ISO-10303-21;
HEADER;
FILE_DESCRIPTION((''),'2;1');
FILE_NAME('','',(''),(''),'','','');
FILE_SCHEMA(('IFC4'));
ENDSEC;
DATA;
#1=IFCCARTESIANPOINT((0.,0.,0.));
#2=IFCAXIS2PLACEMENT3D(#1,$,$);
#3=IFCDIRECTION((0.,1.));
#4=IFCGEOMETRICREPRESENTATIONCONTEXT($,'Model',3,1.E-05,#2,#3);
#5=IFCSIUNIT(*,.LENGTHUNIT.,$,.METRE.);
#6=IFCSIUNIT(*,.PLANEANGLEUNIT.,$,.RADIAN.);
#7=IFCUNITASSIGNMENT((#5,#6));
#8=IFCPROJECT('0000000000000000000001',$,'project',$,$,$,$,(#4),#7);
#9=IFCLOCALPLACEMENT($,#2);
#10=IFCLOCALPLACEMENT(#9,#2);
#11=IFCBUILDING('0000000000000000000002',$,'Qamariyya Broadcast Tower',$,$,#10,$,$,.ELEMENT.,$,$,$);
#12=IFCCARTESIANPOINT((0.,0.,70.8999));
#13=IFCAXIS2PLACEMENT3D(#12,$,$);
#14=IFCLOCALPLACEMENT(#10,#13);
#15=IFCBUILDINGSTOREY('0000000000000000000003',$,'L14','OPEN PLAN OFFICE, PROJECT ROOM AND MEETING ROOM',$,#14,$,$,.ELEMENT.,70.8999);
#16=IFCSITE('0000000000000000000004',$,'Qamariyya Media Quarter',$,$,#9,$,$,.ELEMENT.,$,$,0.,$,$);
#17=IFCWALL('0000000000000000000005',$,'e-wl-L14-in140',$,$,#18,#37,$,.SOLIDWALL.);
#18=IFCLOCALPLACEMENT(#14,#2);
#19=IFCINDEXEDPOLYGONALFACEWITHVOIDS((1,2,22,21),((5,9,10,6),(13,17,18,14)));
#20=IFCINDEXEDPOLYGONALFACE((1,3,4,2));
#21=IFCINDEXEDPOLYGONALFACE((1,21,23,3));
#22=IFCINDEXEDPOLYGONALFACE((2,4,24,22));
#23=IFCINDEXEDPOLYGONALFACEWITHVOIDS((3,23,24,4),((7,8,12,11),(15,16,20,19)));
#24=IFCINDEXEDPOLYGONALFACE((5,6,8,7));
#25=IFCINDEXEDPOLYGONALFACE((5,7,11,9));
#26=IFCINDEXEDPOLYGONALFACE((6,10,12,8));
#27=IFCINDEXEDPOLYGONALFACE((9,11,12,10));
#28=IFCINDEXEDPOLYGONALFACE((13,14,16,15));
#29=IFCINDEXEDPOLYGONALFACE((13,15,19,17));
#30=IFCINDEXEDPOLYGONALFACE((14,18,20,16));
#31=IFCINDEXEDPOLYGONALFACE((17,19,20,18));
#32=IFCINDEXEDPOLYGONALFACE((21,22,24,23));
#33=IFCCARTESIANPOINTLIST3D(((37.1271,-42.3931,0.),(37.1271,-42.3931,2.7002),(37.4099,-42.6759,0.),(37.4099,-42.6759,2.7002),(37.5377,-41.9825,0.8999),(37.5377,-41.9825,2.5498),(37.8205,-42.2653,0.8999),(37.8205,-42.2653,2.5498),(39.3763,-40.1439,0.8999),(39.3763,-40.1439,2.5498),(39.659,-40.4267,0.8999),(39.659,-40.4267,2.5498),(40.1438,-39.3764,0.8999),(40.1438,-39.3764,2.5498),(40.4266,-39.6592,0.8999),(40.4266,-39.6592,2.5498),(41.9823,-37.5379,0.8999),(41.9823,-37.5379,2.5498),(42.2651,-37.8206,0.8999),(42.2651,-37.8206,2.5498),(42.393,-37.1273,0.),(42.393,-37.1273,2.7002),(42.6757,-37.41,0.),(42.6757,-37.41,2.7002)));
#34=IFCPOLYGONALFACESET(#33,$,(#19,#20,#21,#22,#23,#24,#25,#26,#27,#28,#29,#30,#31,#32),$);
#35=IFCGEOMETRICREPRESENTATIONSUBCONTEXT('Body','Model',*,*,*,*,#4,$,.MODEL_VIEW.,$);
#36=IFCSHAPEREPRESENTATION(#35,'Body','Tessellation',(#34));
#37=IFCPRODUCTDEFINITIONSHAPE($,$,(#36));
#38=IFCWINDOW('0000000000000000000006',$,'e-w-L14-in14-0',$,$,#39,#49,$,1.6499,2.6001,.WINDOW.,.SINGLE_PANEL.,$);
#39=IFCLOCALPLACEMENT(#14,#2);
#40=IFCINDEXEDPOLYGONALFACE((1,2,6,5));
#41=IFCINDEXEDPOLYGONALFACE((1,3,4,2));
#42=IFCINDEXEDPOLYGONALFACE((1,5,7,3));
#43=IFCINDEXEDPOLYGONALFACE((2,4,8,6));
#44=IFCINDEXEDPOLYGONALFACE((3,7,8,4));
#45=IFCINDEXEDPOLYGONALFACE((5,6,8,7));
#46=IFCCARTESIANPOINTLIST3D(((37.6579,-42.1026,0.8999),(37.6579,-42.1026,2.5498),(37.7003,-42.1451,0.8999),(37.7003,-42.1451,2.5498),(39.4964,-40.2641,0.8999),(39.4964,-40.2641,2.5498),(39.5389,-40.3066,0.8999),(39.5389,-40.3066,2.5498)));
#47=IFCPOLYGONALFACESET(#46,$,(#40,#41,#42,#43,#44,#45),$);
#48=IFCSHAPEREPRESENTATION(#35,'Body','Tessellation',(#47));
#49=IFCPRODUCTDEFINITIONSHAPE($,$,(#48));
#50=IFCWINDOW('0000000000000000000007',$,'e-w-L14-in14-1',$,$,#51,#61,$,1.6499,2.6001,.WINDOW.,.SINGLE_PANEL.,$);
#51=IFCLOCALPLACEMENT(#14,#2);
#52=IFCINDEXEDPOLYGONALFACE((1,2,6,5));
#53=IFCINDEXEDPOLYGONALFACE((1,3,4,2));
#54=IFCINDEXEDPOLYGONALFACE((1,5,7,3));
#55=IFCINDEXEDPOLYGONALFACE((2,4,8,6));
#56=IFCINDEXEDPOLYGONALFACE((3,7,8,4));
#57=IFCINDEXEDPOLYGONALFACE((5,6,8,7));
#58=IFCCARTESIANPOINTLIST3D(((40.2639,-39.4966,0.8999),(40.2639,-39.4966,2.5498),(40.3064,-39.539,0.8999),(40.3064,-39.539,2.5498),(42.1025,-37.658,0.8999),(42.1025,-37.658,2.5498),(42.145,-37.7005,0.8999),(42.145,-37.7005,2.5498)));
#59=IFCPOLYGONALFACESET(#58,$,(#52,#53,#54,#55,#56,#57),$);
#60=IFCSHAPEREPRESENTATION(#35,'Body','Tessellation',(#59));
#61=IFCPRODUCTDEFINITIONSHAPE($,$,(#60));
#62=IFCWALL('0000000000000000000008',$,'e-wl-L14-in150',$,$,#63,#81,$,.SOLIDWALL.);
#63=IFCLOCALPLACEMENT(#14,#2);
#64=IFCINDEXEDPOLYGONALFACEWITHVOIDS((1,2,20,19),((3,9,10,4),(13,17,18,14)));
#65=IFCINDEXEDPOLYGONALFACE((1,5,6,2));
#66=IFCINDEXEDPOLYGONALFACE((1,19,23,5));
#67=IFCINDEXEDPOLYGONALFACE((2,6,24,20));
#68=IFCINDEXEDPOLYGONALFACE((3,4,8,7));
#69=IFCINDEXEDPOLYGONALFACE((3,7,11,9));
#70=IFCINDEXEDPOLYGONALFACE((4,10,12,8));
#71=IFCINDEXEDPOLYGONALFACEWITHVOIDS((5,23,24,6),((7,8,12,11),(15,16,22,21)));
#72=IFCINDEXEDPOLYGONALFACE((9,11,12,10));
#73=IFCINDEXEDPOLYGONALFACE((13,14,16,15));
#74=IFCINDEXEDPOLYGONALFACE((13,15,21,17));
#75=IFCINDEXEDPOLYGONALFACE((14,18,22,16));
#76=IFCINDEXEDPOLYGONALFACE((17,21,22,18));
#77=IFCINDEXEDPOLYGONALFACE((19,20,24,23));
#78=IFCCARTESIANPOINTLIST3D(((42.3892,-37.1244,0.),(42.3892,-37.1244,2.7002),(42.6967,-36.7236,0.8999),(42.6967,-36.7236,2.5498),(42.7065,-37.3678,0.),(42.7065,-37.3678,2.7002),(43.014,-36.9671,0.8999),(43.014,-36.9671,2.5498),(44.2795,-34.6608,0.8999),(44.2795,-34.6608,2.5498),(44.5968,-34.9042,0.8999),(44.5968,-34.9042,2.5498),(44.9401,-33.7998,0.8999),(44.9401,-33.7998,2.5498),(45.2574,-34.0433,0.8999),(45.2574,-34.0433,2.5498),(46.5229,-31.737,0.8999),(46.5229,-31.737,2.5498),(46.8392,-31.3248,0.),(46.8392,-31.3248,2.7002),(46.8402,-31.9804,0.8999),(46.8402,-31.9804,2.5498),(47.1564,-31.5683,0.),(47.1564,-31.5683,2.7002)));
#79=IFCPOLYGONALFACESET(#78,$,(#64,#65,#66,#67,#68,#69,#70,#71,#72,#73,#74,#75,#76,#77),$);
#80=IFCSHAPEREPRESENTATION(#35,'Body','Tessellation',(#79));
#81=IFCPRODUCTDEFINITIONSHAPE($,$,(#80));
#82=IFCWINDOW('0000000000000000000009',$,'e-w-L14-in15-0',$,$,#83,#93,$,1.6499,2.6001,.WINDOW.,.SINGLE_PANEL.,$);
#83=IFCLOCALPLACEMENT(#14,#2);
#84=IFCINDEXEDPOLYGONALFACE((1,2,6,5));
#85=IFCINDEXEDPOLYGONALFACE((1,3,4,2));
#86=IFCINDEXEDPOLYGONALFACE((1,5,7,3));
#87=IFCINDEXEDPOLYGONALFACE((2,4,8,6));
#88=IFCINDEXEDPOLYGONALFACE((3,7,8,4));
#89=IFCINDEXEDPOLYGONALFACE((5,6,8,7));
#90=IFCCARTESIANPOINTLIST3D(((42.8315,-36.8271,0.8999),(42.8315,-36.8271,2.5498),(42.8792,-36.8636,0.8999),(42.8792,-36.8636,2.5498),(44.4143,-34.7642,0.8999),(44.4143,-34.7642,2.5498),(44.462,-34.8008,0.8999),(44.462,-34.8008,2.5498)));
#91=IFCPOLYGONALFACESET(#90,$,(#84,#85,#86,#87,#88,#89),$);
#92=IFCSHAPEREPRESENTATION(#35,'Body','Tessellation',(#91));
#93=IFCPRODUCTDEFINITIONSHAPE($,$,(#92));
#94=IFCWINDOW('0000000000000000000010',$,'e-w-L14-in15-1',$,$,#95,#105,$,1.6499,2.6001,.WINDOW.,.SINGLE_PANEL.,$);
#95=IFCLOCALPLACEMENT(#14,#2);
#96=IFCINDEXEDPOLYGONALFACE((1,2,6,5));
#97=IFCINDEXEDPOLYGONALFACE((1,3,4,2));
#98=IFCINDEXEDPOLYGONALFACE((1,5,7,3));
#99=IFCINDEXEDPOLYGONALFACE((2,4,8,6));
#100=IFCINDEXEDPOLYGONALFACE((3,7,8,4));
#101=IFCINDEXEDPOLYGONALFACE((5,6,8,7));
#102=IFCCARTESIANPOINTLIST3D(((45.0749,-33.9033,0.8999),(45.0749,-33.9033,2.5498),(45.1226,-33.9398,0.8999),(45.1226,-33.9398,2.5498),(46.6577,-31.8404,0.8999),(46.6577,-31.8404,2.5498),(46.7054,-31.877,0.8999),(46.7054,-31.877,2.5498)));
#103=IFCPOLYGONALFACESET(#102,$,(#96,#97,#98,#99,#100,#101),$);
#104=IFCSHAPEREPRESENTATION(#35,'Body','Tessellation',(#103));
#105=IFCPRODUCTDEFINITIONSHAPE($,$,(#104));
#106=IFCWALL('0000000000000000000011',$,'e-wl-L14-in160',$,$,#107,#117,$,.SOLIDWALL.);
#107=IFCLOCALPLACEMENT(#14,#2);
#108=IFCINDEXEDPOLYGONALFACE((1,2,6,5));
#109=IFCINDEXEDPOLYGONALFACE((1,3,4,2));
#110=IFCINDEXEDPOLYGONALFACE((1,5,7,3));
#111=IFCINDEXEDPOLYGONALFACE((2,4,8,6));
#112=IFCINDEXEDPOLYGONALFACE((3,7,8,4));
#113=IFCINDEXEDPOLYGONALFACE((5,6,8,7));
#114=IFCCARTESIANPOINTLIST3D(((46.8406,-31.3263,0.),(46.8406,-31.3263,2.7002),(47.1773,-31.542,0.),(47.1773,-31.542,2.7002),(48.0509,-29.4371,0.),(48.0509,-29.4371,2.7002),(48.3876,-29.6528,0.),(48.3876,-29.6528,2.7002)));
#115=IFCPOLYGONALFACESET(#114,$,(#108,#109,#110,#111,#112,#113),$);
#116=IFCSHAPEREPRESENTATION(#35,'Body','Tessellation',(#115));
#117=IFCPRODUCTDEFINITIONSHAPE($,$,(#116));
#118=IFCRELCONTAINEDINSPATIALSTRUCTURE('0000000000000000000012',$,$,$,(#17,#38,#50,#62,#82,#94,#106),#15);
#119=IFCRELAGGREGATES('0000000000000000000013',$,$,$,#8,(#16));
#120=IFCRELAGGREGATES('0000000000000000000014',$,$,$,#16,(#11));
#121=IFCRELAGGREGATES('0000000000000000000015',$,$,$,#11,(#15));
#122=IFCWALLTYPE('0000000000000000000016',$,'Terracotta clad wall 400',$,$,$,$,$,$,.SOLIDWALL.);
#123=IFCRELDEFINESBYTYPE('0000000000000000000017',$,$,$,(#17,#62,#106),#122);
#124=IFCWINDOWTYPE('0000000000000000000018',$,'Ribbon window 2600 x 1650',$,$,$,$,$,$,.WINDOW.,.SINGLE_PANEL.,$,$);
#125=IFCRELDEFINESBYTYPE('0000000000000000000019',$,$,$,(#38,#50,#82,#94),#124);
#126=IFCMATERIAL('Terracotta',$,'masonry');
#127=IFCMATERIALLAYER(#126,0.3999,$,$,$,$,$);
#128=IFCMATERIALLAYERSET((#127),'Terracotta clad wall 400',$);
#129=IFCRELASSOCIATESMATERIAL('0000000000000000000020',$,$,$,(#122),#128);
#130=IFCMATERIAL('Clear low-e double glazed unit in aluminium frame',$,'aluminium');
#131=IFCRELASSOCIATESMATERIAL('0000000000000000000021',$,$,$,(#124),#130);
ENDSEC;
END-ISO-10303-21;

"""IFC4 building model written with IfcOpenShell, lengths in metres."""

from ifc_helpers import new_model, si_unit, direction, frame, frame_2d, origin, place, context, subcontext, project, spatial, rectangle, extrude, material, layer, layer_set, type_object, element, fill, save


model = new_model("IFC4")

# Units and contexts
model_context = context("Model", 3, precision=1e-05, world=origin(), true_north=direction((0.0, 1.0)))
body_context = subcontext(model_context, "Body", "Model", "MODEL_VIEW")
ifc_project = project(units=[si_unit("LENGTHUNIT", "METRE"), si_unit("PLANEANGLEUNIT", "RADIAN")], contexts=[model_context])

# Site, building, storey
site_placement = place(None, origin())
site = spatial("IfcSite", under=ifc_project, at=site_placement, Name="Qamariyya Media Quarter", CompositionType="ELEMENT", RefElevation=0.0)
building_placement = place(site_placement, origin())
building = spatial("IfcBuilding", under=site, at=building_placement, Name="Qamariyya Broadcast Tower", CompositionType="ELEMENT")
storey_placement = place(building_placement, frame((0.0, 0.0, 70.8999)))
storey = spatial("IfcBuildingStorey", under=building, at=storey_placement, Name="L14", Description="OPEN PLAN OFFICE, PROJECT ROOM AND MEETING ROOM", CompositionType="ELEMENT", Elevation=70.8999)

# Walls, openings, windows
ifc_material_1 = material(Name="Terracotta", Category="masonry")
ifc_layer_1 = layer(ifc_material_1, 0.3999)
ifc_layer_set_1 = layer_set([ifc_layer_1], Name="Terracotta clad wall 400")
wall_type_1 = type_object("IfcWallType", Name="Terracotta clad wall 400", PredefinedType="SOLIDWALL", material=ifc_layer_set_1)
wall_1_placement = place(storey_placement, frame((42.5344, -37.2686, 0.0), z_axis=(0.0, 0.0, 1.0), x_axis=(-0.707107, -0.707107, 0.0)))
wall_1 = element("IfcWall", 1, at=wall_1_placement, inside=storey, type_object=wall_type_1, Name="e-wl-L14-in140", PredefinedType="SOLIDWALL", context=body_context, shape_type="SweptSolid", body=[
    extrude(rectangle(XDim=7.447, YDim=0.3999, at=frame_2d((3.7236, 0.0))), origin(), (0.0, 0.0, 1.0), 2.7002),
])
opening_1_placement = place(wall_1_placement, frame((4.2664, 0.0, 0.8999)))
opening_1 = element("IfcOpeningElement", 2, at=opening_1_placement, cuts=wall_1, PredefinedType="OPENING", context=body_context, shape_type="SweptSolid", body=[
    extrude(rectangle(XDim=2.6001, YDim=1.6499, at=frame_2d((1.3, 0.825))), frame((0.0, 0.21, 0.0), z_axis=(0.0, -1.0, 0.0), x_axis=(1.0, 0.0, 0.0)), (0.0, 0.0, 1.0), 0.4199),
])
opening_2_placement = place(wall_1_placement, frame((0.5808, 0.0, 0.8999)))
opening_2 = element("IfcOpeningElement", 3, at=opening_2_placement, cuts=wall_1, PredefinedType="OPENING", context=body_context, shape_type="SweptSolid", body=[
    extrude(rectangle(XDim=2.6001, YDim=1.6499, at=frame_2d((1.3, 0.825))), frame((0.0, 0.21, 0.0), z_axis=(0.0, -1.0, 0.0), x_axis=(1.0, 0.0, 0.0)), (0.0, 0.0, 1.0), 0.4199),
])
ifc_material_2 = material(Name="Clear low-e double glazed unit in aluminium frame", Category="aluminium")
window_type = type_object("IfcWindowType", Name="Ribbon window 2600 x 1650", PartitioningType="SINGLE_PANEL", PredefinedType="WINDOW", material=ifc_material_2)
window_1_placement = place(opening_1_placement, origin())
window_1 = element("IfcWindow", 4, at=window_1_placement, inside=storey, type_object=window_type, Name="e-w-L14-in14-0", OverallHeight=1.6499, OverallWidth=2.6001, PartitioningType="SINGLE_PANEL", PredefinedType="WINDOW", context=body_context, shape_type="SweptSolid", body=[
    extrude(rectangle(XDim=2.6001, YDim=1.6499, at=frame_2d((1.3, 0.825))), frame((0.0, 0.03, 0.0), z_axis=(0.0, -1.0, 0.0), x_axis=(1.0, 0.0, 0.0)), (0.0, 0.0, 1.0), 0.0601),
])
fill(opening_1, window_1)
window_2_placement = place(opening_2_placement, origin())
window_2 = element("IfcWindow", 5, at=window_2_placement, inside=storey, type_object=window_type, Name="e-w-L14-in14-1", OverallHeight=1.6499, OverallWidth=2.6001, PartitioningType="SINGLE_PANEL", PredefinedType="WINDOW", context=body_context, shape_type="SweptSolid", body=[
    extrude(rectangle(XDim=2.6001, YDim=1.6499, at=frame_2d((1.3, 0.825))), frame((0.0, 0.03, 0.0), z_axis=(0.0, -1.0, 0.0), x_axis=(1.0, 0.0, 0.0)), (0.0, 0.0, 1.0), 0.0601),
])
fill(opening_2, window_2)
wall_2_placement = place(storey_placement, frame((46.9978, -31.4465, 0.0), z_axis=(0.0, 0.0, 1.0), x_axis=(-0.608744, -0.793367, 0.0)))
wall_2 = element("IfcWall", 6, at=wall_2_placement, inside=storey, type_object=wall_type_1, Name="e-wl-L14-in150", PredefinedType="SOLIDWALL", context=body_context, shape_type="SweptSolid", body=[
    extrude(rectangle(XDim=7.3101, YDim=0.3999, at=frame_2d((3.655, 0.0))), origin(), (0.0, 0.0, 1.0), 2.7002),
])
opening_3_placement = place(wall_2_placement, frame((4.2048, 0.0, 0.8999)))
opening_3 = element("IfcOpeningElement", 7, at=opening_3_placement, cuts=wall_2, PredefinedType="OPENING", context=body_context, shape_type="SweptSolid", body=[
    extrude(rectangle(XDim=2.6001, YDim=1.6499, at=frame_2d((1.3, 0.825))), frame((0.0, 0.21, 0.0), z_axis=(0.0, -1.0, 0.0), x_axis=(1.0, 0.0, 0.0)), (0.0, 0.0, 1.0), 0.4199),
])
opening_4_placement = place(wall_2_placement, frame((0.5195, 0.0, 0.8999)))
opening_4 = element("IfcOpeningElement", 8, at=opening_4_placement, cuts=wall_2, PredefinedType="OPENING", context=body_context, shape_type="SweptSolid", body=[
    extrude(rectangle(XDim=2.6001, YDim=1.6499, at=frame_2d((1.3, 0.825))), frame((0.0, 0.21, 0.0), z_axis=(0.0, -1.0, 0.0), x_axis=(1.0, 0.0, 0.0)), (0.0, 0.0, 1.0), 0.4199),
])
window_3_placement = place(opening_3_placement, origin())
window_3 = element("IfcWindow", 9, at=window_3_placement, inside=storey, type_object=window_type, Name="e-w-L14-in15-0", OverallHeight=1.6499, OverallWidth=2.6001, PartitioningType="SINGLE_PANEL", PredefinedType="WINDOW", context=body_context, shape_type="SweptSolid", body=[
    extrude(rectangle(XDim=2.6001, YDim=1.6499, at=frame_2d((1.3, 0.825))), frame((0.0, 0.03, 0.0), z_axis=(0.0, -1.0, 0.0), x_axis=(1.0, 0.0, 0.0)), (0.0, 0.0, 1.0), 0.0601),
])
fill(opening_3, window_3)
window_4_placement = place(opening_4_placement, origin())
window_4 = element("IfcWindow", 10, at=window_4_placement, inside=storey, type_object=window_type, Name="e-w-L14-in15-1", OverallHeight=1.6499, OverallWidth=2.6001, PartitioningType="SINGLE_PANEL", PredefinedType="WINDOW", context=body_context, shape_type="SweptSolid", body=[
    extrude(rectangle(XDim=2.6001, YDim=1.6499, at=frame_2d((1.3, 0.825))), frame((0.0, 0.03, 0.0), z_axis=(0.0, -1.0, 0.0), x_axis=(1.0, 0.0, 0.0)), (0.0, 0.0, 1.0), 0.0601),
])
fill(opening_4, window_4)

# Wall
wall_3_placement = place(storey_placement, frame((48.2192, -29.5449, 0.0), z_axis=(0.0, 0.0, 1.0), x_axis=(-0.539415, -0.84204, 0.0)))
element("IfcWall", 11, at=wall_3_placement, inside=storey, type_object=wall_type_1, Name="e-wl-L14-in160", PredefinedType="SOLIDWALL", context=body_context, shape_type="SweptSolid", body=[
    extrude(rectangle(XDim=2.2437, YDim=0.3999, at=frame_2d((1.1218, 0.0))), origin(), (0.0, 0.0, 1.0), 2.7002),
])

save(model, "model.ifc")
